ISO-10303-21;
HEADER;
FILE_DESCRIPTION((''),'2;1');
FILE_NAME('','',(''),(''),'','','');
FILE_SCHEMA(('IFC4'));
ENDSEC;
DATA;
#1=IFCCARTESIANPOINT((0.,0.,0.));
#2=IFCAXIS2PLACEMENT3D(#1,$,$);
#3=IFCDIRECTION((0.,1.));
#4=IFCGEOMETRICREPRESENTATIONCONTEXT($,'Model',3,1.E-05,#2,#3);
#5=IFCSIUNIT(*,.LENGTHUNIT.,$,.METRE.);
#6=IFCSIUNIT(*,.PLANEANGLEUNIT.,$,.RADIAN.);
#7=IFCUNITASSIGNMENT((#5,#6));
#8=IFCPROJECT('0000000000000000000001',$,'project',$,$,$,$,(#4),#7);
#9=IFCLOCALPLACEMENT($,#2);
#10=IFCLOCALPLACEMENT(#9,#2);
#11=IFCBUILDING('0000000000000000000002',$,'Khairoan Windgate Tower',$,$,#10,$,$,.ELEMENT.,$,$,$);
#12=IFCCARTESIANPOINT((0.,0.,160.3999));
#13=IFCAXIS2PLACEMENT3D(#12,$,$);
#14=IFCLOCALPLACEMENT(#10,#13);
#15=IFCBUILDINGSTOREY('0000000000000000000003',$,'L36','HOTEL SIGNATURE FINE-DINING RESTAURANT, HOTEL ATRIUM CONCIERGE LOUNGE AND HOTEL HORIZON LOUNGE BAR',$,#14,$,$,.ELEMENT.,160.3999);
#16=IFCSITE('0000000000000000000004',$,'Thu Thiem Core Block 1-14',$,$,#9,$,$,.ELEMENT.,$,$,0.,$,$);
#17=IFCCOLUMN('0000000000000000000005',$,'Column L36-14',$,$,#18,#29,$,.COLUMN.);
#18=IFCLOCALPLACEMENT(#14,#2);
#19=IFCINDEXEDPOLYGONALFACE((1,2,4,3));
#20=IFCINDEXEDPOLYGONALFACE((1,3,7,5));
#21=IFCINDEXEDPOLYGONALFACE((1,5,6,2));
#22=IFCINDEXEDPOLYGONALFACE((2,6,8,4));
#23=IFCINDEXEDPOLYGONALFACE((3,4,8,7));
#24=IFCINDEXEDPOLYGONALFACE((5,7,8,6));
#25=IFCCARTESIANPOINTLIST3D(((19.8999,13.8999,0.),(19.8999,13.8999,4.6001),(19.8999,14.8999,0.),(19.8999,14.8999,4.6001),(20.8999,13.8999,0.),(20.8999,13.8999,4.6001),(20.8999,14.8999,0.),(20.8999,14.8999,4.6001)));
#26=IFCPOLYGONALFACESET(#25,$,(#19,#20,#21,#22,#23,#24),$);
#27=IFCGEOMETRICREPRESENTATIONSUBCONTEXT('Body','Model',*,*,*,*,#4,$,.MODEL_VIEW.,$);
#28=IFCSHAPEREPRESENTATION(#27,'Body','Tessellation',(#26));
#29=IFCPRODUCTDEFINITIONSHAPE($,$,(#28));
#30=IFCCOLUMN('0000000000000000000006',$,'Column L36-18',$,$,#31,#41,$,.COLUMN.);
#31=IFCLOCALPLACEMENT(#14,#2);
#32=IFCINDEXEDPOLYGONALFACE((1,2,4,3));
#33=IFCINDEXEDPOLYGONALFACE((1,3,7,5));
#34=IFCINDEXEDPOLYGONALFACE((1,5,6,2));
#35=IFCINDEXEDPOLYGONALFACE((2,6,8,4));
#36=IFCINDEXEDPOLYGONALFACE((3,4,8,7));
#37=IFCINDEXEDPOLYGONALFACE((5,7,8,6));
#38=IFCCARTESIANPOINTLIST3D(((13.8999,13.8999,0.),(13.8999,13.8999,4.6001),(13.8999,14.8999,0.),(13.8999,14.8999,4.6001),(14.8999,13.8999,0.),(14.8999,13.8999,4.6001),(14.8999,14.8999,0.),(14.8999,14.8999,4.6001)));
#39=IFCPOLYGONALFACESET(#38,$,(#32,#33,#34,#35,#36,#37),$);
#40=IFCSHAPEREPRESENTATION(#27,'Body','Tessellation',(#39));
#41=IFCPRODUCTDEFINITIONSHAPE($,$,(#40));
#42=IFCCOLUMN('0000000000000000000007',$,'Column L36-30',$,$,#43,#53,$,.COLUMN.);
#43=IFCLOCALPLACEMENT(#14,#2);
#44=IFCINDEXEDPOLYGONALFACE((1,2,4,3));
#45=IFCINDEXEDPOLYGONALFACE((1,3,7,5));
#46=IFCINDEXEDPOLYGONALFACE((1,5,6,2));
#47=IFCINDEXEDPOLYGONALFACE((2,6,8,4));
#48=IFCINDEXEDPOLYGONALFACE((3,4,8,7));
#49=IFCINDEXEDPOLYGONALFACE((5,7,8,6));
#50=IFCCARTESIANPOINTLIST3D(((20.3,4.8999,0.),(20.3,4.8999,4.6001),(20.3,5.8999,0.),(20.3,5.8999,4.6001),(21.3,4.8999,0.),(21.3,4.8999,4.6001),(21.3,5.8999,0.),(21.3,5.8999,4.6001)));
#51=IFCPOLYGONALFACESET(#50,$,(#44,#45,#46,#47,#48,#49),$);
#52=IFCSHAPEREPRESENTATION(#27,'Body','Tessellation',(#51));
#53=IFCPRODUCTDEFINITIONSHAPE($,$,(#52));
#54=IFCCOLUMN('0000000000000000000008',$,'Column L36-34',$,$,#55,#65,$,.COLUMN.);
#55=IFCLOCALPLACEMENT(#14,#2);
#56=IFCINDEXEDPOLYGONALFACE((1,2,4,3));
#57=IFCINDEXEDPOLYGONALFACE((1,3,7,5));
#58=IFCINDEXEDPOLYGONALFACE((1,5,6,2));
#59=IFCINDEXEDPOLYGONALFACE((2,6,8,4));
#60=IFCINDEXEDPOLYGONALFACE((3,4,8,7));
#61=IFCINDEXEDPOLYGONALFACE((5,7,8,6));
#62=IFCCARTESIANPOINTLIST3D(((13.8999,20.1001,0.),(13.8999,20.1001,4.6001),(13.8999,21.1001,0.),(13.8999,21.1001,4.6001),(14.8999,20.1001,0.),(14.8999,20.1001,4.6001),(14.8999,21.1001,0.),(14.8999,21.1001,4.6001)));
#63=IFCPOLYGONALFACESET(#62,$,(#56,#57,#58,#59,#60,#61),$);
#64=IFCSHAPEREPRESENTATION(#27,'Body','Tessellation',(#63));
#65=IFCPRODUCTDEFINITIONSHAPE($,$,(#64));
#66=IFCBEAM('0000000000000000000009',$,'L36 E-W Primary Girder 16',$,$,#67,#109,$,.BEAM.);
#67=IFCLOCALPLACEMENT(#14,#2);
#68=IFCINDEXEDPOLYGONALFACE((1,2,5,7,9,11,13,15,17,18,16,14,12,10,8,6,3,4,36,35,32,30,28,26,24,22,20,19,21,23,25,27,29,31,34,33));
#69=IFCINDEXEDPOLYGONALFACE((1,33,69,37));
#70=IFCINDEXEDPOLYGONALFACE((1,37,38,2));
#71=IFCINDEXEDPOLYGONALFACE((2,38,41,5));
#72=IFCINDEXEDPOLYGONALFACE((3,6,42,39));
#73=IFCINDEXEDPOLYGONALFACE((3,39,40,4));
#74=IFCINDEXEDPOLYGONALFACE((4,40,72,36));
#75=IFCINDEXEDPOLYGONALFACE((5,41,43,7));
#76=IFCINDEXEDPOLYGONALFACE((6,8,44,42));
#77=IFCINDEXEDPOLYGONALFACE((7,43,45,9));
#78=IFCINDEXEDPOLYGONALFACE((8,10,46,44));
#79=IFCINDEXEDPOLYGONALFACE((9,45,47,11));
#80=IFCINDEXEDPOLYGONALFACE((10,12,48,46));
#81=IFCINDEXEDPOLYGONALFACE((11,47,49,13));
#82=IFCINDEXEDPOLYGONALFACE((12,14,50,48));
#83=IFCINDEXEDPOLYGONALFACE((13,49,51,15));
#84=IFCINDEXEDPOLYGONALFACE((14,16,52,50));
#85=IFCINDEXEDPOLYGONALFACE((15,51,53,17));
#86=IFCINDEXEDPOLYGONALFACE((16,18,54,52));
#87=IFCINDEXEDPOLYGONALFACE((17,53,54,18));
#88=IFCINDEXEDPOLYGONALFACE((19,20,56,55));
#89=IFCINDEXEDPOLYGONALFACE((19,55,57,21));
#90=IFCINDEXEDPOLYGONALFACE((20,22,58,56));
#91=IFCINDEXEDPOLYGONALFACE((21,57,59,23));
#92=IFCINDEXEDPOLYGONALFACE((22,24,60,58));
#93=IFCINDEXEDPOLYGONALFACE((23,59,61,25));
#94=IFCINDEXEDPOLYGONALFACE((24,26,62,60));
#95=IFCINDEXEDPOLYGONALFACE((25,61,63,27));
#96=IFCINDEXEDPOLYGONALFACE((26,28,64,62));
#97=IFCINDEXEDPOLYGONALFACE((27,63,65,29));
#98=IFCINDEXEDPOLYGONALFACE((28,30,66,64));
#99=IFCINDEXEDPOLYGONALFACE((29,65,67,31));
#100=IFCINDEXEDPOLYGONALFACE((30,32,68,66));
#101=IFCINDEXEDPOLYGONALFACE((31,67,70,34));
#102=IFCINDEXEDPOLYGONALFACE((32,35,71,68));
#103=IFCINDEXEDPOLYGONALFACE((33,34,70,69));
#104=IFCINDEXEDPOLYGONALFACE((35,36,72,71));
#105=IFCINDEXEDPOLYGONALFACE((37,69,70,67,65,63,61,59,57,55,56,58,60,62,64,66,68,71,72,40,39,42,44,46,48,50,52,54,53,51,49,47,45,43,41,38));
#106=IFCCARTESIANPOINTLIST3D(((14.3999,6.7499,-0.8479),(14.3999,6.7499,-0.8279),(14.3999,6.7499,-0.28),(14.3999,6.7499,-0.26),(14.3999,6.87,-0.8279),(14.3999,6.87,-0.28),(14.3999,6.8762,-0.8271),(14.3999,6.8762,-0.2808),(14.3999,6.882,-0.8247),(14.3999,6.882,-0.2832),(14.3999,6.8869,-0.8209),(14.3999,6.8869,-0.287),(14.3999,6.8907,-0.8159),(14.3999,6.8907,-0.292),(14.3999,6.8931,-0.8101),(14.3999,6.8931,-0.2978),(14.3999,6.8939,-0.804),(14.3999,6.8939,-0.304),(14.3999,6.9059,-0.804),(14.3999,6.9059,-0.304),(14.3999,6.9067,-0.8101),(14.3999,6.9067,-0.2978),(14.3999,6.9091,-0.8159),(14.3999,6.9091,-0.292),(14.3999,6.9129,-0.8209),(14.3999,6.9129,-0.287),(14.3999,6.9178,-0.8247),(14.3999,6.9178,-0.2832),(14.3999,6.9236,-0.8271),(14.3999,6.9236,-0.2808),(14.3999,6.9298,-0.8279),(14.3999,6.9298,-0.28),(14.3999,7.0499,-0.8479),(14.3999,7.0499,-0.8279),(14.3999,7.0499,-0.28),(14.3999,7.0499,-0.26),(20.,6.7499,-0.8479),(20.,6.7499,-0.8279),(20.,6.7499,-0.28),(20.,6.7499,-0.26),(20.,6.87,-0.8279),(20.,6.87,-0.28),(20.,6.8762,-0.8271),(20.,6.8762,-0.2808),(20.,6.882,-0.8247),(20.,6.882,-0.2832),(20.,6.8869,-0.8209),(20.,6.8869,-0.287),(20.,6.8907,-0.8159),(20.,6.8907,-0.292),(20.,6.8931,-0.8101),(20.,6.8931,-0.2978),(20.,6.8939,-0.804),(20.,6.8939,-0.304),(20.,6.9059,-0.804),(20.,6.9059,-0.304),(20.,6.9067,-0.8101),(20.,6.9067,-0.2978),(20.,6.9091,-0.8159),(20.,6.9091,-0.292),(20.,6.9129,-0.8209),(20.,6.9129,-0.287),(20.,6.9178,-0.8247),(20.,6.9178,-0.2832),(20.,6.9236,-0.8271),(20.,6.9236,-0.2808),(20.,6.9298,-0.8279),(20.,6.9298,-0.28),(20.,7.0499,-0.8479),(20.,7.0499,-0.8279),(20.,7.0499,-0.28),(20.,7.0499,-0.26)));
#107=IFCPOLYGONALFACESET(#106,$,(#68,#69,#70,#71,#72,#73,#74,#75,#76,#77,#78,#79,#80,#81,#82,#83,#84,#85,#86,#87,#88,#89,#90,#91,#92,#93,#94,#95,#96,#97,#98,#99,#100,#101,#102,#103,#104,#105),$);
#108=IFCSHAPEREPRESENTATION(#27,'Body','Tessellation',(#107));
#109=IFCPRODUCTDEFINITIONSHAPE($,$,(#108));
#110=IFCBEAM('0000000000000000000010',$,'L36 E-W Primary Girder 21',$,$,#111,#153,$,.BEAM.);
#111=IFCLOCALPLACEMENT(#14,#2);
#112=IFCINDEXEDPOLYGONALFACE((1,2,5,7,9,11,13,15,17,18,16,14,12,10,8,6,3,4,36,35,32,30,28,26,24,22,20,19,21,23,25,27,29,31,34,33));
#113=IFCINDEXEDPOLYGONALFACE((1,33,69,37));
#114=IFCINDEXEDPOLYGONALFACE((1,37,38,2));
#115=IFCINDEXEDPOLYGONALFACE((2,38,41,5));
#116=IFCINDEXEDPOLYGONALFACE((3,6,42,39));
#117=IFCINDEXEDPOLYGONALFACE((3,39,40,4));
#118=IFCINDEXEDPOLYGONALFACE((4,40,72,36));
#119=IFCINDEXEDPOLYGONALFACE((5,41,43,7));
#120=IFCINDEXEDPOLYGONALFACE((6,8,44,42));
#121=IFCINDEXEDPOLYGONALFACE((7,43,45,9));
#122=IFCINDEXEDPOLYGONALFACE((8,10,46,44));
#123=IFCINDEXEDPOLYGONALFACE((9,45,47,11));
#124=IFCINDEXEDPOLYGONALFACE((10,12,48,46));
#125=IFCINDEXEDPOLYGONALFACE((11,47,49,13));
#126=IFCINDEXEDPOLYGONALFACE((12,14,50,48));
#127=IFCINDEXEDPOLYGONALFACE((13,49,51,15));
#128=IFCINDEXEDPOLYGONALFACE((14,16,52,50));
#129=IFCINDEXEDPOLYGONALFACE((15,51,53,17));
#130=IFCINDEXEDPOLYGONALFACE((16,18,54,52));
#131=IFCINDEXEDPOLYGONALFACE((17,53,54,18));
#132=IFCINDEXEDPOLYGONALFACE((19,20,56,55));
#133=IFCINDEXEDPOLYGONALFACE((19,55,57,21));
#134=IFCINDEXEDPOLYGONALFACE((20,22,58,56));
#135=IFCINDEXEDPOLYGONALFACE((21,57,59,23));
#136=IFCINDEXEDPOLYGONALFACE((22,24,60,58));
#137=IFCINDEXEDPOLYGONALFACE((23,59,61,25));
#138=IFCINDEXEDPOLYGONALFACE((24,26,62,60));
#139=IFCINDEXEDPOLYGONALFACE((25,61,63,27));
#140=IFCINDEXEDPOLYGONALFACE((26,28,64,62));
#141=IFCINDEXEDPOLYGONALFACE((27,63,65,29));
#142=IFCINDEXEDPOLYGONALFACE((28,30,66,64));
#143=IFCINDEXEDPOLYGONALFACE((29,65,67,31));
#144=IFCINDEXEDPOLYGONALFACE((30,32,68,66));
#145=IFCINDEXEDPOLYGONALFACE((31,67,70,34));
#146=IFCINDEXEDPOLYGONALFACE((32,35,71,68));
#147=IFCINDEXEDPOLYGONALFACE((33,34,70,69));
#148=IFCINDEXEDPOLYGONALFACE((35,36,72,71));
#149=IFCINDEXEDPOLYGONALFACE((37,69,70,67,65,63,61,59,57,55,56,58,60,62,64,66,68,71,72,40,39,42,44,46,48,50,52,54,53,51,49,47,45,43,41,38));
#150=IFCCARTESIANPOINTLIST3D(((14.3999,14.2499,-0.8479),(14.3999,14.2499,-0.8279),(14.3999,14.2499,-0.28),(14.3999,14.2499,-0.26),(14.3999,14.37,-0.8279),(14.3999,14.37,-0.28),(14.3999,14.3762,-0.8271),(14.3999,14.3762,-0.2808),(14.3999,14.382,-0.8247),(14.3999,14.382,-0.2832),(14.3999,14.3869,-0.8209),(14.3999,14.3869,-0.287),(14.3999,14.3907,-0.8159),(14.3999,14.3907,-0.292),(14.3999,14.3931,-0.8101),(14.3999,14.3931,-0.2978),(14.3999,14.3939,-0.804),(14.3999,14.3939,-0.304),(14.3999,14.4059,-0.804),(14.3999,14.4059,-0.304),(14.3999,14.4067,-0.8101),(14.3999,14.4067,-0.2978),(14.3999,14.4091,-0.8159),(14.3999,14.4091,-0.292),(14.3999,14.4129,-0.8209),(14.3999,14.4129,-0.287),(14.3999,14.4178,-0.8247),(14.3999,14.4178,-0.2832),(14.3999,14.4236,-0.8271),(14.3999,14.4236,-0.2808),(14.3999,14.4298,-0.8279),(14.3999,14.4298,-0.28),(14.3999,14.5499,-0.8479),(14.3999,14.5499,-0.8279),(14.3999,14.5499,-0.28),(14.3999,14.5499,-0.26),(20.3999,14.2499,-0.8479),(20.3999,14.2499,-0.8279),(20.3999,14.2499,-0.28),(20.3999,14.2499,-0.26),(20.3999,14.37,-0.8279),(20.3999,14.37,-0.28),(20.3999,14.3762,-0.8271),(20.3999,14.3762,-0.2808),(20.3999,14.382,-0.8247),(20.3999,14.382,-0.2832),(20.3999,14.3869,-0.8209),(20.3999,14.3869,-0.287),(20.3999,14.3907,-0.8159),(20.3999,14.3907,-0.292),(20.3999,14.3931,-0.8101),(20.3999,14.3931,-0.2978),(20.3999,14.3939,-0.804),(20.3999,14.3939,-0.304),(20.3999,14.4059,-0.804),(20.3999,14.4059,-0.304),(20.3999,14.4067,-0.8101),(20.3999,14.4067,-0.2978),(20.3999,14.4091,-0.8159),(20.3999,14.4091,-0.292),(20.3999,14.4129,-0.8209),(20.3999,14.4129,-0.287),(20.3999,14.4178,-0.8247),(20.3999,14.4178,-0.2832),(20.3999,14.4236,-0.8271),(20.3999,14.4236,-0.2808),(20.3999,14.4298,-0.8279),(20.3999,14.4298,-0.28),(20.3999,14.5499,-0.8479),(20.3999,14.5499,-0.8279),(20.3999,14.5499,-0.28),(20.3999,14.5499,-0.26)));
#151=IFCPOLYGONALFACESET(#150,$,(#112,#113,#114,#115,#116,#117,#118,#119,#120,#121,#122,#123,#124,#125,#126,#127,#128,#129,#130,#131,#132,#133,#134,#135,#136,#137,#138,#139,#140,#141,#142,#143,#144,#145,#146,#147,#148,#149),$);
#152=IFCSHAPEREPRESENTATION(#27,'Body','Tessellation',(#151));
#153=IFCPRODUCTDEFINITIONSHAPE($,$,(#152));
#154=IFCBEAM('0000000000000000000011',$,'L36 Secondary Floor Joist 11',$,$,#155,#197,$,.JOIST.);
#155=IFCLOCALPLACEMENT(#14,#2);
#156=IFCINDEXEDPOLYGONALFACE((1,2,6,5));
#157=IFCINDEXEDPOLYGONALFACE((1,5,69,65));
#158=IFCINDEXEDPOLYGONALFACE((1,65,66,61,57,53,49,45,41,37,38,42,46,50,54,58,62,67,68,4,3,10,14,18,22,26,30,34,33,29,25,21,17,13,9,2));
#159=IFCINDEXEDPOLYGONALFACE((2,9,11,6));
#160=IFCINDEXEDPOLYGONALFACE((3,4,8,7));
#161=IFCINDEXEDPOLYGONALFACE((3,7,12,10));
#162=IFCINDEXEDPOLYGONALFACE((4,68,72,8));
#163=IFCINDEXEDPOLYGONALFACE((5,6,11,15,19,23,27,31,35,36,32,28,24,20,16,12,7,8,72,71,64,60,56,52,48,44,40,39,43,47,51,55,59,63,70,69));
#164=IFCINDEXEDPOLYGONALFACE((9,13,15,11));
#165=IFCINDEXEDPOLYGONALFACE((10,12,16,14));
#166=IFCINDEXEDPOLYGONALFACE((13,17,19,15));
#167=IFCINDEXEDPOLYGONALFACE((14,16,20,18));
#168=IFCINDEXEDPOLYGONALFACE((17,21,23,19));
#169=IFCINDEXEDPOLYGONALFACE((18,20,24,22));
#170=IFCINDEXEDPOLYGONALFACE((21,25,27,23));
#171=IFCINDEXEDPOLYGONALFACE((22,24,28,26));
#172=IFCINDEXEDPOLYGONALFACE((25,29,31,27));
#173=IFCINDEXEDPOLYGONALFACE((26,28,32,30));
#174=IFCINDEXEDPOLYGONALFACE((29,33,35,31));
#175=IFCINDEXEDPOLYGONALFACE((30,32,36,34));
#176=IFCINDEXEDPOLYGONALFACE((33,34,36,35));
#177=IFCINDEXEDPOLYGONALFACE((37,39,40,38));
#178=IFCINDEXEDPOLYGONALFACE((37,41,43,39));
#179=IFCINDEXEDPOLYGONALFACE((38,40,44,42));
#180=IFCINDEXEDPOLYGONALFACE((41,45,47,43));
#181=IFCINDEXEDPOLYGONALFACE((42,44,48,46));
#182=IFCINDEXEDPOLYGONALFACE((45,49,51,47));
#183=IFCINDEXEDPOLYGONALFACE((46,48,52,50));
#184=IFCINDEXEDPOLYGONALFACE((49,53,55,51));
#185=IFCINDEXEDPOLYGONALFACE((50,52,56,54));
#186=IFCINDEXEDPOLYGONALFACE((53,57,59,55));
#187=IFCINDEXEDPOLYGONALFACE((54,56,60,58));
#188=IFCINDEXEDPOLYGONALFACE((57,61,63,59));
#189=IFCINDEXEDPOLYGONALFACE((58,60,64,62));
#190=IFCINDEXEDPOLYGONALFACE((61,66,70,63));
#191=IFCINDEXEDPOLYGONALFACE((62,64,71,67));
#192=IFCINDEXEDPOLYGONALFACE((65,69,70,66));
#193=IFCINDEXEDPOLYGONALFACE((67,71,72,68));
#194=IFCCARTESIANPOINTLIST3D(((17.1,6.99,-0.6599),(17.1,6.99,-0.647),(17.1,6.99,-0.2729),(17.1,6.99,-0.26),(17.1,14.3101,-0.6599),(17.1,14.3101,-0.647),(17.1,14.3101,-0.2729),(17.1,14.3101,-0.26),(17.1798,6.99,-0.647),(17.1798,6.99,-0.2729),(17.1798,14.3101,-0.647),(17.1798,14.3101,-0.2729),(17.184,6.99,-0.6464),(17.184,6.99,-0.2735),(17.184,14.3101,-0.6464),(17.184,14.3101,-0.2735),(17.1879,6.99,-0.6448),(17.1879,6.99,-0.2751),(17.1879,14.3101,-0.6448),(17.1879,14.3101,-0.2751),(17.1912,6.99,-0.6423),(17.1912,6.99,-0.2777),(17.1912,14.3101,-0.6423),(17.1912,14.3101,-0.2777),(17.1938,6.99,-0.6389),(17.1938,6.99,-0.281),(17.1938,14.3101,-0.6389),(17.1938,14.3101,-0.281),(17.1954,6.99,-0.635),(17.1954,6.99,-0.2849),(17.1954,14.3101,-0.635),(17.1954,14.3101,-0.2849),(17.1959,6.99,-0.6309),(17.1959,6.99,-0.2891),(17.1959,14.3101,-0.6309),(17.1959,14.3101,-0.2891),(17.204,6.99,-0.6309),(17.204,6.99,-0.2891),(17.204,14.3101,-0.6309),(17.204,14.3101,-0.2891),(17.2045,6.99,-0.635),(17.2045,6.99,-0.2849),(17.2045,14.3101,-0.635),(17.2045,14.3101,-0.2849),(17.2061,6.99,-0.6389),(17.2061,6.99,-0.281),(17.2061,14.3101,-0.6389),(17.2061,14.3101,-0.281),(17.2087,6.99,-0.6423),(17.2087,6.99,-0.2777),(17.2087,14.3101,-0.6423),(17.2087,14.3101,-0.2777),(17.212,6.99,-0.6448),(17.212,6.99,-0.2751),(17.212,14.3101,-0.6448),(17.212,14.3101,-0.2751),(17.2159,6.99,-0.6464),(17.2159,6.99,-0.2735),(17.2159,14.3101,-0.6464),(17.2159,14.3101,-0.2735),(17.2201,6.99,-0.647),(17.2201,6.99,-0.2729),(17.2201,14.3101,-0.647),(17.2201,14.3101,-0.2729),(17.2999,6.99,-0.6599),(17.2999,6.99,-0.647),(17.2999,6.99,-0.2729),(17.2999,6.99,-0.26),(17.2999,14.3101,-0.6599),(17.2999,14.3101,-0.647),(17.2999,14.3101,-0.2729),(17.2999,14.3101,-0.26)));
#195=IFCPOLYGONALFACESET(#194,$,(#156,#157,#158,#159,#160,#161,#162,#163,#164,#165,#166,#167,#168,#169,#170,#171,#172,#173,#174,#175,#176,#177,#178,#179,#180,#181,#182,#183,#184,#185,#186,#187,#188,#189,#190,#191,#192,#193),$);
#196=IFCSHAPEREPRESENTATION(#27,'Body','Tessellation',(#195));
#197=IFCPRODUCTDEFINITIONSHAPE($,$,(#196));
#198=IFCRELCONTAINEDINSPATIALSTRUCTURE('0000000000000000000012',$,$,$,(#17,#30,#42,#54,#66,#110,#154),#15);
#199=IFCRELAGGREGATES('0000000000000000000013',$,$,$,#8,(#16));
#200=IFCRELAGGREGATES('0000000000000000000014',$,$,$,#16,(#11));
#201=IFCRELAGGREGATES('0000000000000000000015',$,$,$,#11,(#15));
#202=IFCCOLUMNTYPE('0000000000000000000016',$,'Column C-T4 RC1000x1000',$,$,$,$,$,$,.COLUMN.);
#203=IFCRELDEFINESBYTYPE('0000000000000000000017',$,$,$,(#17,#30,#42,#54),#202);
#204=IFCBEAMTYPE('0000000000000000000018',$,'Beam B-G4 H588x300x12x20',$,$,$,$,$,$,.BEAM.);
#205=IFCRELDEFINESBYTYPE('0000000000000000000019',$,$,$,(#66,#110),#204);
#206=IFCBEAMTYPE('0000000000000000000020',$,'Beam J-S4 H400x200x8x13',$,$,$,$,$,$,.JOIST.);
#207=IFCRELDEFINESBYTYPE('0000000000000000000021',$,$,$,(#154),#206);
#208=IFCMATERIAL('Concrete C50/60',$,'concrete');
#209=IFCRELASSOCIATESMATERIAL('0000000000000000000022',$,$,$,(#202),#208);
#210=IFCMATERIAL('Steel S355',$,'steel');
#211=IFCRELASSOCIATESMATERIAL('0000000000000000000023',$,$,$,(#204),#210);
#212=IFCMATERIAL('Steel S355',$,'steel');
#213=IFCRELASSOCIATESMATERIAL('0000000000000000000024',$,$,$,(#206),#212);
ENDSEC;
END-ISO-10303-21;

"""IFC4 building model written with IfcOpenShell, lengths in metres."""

from ifc_helpers import new_model, si_unit, direction, frame, origin, origin_2d, place, context, subcontext, project, spatial, rectangle, i_section, extrude, material, material_profile, profile_set, type_object, element, save


model = new_model("IFC4")

# Units and contexts
model_context = context("Model", 3, precision=1e-05, world=origin(), true_north=direction((0.0, 1.0)))
body_context = subcontext(model_context, "Body", "Model", "MODEL_VIEW")
ifc_project = project(units=[si_unit("LENGTHUNIT", "METRE"), si_unit("PLANEANGLEUNIT", "RADIAN")], contexts=[model_context])

# Site, building, storey
site_placement = place(None, origin())
site = spatial("IfcSite", under=ifc_project, at=site_placement, Name="Thu Thiem Core Block 1-14", CompositionType="ELEMENT", RefElevation=0.0)
building_placement = place(site_placement, origin())
building = spatial("IfcBuilding", under=site, at=building_placement, Name="Khairoan Windgate Tower", CompositionType="ELEMENT")
storey_placement = place(building_placement, frame((0.0, 0.0, 160.3999)))
storey = spatial("IfcBuildingStorey", under=building, at=storey_placement, Name="L36", Description="HOTEL SIGNATURE FINE-DINING RESTAURANT, HOTEL ATRIUM CONCIERGE LOUNGE AND HOTEL HORIZON LOUNGE BAR", CompositionType="ELEMENT", Elevation=160.3999)

# Columns
ifc_material_1 = material(Name="Concrete C50/60", Category="concrete")
ifc_material_profile_1 = material_profile(ifc_material_1, rectangle(XDim=1.0, YDim=1.0, at=origin_2d()))
ifc_profile_set_1 = profile_set([ifc_material_profile_1], Name="Concrete C50/60")
column_type = type_object("IfcColumnType", Name="Column C-T4 RC1000x1000", PredefinedType="COLUMN", material=ifc_profile_set_1)
for number, where, z_axis, x_axis, name in (
    (1, (20.3999, 14.3999, 0.0), (0.0, 0.0, 1.0), (1.0, 0.0, 0.0), "Column L36-14"),
    (2, (14.3999, 14.3999, 0.0), (0.0, 0.0, 1.0), (1.0, 0.0, 0.0), "Column L36-18"),
    (3, (20.8, 5.3999, 0.0), (0.0, 0.0, 1.0), (1.0, 0.0, 0.0), "Column L36-30"),
    (4, (14.3999, 20.6001, 0.0), (0.0, 0.0, 1.0), (1.0, 0.0, 0.0), "Column L36-34"),
):
    element("IfcColumn", number, at=place(storey_placement, frame(where, z_axis=z_axis, x_axis=x_axis)), inside=storey, type_object=column_type, Name=name, PredefinedType="COLUMN", context=body_context, shape_type="SweptSolid", body=[
        extrude(rectangle(XDim=1.0, YDim=1.0, at=origin_2d()), origin(), (0.0, 0.0, 1.0), 4.6001),
    ])

# Beams
ifc_material_2 = material(Name="Steel S355", Category="steel")
ifc_material_profile_2 = material_profile(ifc_material_2, i_section(OverallWidth=0.3, OverallDepth=0.5879, WebThickness=0.012, FlangeThickness=0.02, FilletRadius=0.0239, at=origin_2d()))
ifc_profile_set_2 = profile_set([ifc_material_profile_2], Name="Steel S355")
beam_type_1 = type_object("IfcBeamType", Name="Beam B-G4 H588x300x12x20", PredefinedType="BEAM", material=ifc_profile_set_2)
beam_1_placement = place(storey_placement, frame((14.3999, 6.8999, -0.554), z_axis=(1.0, 0.0, 0.0), x_axis=(0.0, 1.0, 0.0)))
element("IfcBeam", 5, at=beam_1_placement, inside=storey, type_object=beam_type_1, Name="L36 E-W Primary Girder 16", PredefinedType="BEAM", context=body_context, shape_type="SweptSolid", body=[
    extrude(i_section(OverallWidth=0.3, OverallDepth=0.5879, WebThickness=0.012, FlangeThickness=0.02, FilletRadius=0.0239, at=origin_2d()), origin(), (0.0, 0.0, 1.0), 5.6001),
])
beam_2_placement = place(storey_placement, frame((14.3999, 14.3999, -0.554), z_axis=(1.0, 0.0, 0.0), x_axis=(0.0, 1.0, 0.0)))
element("IfcBeam", 6, at=beam_2_placement, inside=storey, type_object=beam_type_1, Name="L36 E-W Primary Girder 21", PredefinedType="BEAM", context=body_context, shape_type="SweptSolid", body=[
    extrude(i_section(OverallWidth=0.3, OverallDepth=0.5879, WebThickness=0.012, FlangeThickness=0.02, FilletRadius=0.0239, at=origin_2d()), origin(), (0.0, 0.0, 1.0), 6.0),
])
ifc_material_3 = material(Name="Steel S355", Category="steel")
ifc_material_profile_3 = material_profile(ifc_material_3, i_section(OverallWidth=0.2, OverallDepth=0.3999, WebThickness=0.0081, FlangeThickness=0.0129, FilletRadius=0.0161, at=origin_2d()))
ifc_profile_set_3 = profile_set([ifc_material_profile_3], Name="Steel S355")
beam_type_2 = type_object("IfcBeamType", Name="Beam J-S4 H400x200x8x13", PredefinedType="JOIST", material=ifc_profile_set_3)
beam_3_placement = place(storey_placement, frame((17.2, 6.99, -0.46), z_axis=(0.0, 1.0, 0.0), x_axis=(-1.0, 0.0, 0.0)))
element("IfcBeam", 7, at=beam_3_placement, inside=storey, type_object=beam_type_2, Name="L36 Secondary Floor Joist 11", PredefinedType="JOIST", context=body_context, shape_type="SweptSolid", body=[
    extrude(i_section(OverallWidth=0.2, OverallDepth=0.3999, WebThickness=0.0081, FlangeThickness=0.0129, FilletRadius=0.0161, at=origin_2d()), origin(), (0.0, 0.0, 1.0), 7.3201),
])

save(model, "model.ifc")
